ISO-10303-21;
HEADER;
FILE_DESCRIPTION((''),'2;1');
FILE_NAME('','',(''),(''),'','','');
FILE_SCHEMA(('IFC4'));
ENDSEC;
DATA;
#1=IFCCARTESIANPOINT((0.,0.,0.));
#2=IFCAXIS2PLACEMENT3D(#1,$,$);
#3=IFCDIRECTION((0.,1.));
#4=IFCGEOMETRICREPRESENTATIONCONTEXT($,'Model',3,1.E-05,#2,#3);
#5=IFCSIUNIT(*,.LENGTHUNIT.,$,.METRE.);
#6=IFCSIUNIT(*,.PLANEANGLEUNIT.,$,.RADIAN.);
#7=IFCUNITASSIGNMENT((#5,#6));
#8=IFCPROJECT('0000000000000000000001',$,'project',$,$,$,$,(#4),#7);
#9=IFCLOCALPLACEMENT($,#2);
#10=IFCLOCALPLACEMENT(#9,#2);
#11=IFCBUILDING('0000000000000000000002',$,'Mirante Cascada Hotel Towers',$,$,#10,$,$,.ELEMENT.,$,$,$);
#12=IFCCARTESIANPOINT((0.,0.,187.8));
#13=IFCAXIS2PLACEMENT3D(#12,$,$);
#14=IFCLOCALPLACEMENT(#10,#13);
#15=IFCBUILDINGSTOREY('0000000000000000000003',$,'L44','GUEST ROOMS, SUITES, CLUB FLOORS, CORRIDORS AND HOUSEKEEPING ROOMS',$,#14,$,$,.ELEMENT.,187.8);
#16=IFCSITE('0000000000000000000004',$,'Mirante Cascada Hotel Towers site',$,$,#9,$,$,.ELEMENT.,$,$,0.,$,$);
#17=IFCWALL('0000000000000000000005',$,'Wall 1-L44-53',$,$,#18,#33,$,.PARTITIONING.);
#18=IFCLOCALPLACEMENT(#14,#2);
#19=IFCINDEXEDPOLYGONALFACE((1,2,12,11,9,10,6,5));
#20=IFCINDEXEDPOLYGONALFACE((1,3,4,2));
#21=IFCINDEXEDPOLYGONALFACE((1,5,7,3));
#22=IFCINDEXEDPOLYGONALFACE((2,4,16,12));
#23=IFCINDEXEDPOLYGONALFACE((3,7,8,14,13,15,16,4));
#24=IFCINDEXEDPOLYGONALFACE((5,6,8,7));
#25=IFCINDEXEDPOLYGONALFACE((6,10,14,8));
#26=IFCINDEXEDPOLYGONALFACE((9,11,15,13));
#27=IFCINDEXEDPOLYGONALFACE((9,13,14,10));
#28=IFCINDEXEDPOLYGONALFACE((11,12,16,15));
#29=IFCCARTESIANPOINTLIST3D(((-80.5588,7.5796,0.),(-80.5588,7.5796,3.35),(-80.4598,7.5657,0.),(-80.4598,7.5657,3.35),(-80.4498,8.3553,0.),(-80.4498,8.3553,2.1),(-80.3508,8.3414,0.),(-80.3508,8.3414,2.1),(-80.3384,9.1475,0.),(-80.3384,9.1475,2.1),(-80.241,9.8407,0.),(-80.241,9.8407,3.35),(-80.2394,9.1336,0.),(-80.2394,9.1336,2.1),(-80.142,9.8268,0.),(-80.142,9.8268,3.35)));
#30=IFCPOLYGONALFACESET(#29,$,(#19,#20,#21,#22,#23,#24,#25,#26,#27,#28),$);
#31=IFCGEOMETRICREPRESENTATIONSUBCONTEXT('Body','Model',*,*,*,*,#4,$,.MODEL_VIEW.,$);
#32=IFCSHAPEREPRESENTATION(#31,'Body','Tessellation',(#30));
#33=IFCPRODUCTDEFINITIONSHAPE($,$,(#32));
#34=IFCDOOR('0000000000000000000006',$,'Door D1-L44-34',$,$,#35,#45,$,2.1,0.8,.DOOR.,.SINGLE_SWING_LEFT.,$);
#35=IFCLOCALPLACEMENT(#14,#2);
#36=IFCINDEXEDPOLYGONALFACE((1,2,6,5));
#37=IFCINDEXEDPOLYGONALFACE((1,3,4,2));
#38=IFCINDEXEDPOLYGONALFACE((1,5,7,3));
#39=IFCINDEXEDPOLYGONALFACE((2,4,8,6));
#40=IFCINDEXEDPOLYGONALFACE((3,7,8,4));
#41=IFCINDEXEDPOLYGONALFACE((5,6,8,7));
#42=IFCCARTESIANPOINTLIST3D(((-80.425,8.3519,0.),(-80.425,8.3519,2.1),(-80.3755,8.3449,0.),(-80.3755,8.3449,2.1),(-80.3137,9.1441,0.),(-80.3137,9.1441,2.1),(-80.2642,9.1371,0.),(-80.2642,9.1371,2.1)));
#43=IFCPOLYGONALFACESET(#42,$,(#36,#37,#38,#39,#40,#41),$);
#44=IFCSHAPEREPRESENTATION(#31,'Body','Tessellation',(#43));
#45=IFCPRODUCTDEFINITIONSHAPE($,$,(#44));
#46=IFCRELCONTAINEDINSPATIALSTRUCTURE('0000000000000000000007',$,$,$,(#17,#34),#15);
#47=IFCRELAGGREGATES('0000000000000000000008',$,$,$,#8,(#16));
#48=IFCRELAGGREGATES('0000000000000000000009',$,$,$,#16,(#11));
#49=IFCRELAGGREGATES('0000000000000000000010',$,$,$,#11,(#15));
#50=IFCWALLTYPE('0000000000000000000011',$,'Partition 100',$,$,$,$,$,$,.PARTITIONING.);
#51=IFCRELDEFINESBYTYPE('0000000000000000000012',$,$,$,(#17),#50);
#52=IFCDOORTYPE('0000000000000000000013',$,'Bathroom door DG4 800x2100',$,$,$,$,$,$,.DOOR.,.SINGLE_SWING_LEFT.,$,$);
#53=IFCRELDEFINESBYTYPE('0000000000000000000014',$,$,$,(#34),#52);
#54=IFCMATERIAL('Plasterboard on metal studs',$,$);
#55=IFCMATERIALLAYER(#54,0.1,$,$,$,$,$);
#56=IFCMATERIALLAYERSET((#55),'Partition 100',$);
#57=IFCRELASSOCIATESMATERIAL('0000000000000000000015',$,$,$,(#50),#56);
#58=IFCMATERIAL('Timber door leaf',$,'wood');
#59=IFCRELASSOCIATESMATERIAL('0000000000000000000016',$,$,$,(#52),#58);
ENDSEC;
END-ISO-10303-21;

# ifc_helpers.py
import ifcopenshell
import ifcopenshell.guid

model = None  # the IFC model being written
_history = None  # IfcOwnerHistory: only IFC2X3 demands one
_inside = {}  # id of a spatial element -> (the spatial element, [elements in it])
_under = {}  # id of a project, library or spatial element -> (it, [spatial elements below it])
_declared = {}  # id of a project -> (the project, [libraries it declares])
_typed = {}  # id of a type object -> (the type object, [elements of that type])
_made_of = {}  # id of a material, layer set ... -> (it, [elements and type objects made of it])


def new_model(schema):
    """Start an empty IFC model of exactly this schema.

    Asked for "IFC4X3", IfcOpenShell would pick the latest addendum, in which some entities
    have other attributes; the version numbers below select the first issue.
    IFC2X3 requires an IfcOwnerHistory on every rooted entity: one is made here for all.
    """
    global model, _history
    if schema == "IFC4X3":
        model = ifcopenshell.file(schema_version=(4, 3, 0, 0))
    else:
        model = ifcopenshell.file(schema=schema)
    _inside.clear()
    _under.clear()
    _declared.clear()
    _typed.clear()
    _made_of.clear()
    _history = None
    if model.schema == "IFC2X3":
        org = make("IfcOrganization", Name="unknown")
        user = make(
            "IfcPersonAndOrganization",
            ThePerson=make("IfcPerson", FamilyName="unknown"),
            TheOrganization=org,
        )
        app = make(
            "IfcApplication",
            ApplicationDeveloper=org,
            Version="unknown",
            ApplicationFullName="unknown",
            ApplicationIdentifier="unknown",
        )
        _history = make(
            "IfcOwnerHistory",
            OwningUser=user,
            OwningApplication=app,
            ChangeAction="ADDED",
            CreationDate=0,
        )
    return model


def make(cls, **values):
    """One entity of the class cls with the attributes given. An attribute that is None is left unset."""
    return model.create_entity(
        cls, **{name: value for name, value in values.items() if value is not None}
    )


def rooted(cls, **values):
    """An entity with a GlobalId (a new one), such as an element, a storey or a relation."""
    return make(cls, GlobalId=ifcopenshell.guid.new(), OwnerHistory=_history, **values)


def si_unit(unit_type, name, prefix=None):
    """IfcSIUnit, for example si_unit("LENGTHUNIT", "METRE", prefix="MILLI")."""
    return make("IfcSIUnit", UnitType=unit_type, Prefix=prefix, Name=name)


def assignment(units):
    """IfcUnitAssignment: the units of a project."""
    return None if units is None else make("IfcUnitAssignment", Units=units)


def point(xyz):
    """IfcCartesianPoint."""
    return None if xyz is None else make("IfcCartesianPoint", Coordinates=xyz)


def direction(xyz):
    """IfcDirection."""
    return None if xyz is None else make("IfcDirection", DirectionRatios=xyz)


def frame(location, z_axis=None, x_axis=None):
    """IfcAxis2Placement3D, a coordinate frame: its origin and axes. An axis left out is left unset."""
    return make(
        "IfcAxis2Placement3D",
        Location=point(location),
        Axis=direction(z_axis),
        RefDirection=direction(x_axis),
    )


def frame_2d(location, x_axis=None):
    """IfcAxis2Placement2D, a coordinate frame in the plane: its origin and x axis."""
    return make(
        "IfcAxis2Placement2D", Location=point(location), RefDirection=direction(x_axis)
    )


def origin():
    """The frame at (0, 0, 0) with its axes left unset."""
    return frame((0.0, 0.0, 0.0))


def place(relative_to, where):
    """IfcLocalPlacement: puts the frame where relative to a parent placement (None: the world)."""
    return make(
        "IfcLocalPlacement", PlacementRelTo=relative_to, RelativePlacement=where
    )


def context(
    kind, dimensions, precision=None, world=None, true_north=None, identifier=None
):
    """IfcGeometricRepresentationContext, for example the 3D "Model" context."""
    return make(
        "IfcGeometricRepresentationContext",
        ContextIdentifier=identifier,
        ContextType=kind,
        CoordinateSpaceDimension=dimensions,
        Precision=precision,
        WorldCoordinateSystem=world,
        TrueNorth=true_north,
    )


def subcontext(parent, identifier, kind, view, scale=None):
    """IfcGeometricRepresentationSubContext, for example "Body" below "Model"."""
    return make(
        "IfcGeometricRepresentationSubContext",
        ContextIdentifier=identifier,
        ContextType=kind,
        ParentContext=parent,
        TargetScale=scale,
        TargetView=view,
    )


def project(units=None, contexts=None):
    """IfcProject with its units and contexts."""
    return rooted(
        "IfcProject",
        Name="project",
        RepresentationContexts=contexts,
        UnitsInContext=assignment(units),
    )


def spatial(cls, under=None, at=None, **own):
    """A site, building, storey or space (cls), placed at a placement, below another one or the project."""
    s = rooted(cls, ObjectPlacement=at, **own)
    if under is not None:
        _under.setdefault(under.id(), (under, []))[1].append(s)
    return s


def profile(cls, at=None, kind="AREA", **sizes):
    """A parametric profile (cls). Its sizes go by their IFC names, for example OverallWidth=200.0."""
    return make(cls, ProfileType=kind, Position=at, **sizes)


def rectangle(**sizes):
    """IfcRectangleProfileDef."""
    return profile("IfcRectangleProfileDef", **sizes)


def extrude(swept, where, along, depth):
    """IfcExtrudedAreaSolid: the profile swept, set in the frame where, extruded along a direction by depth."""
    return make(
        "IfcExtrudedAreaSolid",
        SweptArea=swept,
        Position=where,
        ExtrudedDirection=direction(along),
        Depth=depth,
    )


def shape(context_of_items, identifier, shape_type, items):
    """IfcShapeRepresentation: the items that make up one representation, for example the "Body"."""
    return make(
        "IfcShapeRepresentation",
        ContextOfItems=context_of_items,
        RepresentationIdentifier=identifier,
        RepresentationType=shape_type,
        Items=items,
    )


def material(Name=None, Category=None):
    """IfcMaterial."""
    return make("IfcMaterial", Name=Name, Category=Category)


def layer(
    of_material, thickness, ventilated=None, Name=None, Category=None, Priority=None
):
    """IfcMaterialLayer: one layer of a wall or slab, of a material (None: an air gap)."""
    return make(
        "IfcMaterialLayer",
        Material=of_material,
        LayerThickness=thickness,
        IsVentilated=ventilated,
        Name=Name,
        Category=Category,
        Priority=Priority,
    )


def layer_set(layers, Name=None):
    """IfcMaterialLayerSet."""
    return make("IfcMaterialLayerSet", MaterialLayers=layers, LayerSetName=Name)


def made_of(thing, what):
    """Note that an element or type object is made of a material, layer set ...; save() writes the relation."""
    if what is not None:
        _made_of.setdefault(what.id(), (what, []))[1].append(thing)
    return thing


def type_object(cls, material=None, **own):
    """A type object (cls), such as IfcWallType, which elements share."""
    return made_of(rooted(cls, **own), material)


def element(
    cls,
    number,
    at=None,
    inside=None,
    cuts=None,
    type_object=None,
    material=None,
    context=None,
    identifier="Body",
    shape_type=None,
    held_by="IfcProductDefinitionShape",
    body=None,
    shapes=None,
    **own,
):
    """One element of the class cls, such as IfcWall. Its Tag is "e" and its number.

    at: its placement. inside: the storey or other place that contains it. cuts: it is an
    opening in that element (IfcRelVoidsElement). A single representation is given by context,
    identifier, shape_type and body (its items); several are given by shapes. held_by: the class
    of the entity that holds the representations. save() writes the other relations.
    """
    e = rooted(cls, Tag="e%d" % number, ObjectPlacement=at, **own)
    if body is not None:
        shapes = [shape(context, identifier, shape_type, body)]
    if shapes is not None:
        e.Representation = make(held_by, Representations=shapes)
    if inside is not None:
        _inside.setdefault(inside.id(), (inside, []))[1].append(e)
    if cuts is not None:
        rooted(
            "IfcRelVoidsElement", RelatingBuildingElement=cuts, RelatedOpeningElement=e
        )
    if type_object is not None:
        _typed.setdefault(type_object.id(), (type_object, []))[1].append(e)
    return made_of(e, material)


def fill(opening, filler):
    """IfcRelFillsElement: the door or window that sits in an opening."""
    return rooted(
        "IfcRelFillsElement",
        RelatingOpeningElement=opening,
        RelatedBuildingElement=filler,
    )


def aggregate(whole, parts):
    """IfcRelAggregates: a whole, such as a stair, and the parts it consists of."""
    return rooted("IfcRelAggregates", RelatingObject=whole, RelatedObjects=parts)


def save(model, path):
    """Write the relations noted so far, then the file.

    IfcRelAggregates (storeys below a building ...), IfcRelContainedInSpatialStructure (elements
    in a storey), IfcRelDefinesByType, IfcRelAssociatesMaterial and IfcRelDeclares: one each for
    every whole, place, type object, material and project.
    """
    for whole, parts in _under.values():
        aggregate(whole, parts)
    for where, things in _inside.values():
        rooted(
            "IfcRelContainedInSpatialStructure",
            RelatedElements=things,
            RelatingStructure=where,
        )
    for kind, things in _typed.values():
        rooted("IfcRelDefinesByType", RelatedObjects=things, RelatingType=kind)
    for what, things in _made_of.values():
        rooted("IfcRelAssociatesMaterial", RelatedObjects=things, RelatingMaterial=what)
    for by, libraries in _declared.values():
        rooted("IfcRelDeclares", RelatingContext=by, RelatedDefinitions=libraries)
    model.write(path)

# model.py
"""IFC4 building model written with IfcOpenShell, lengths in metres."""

from ifc_helpers import new_model, si_unit, direction, frame, frame_2d, origin, place, context, subcontext, project, spatial, rectangle, extrude, material, layer, layer_set, type_object, element, fill, save


model = new_model("IFC4")

# Units and contexts
model_context = context("Model", 3, precision=1e-05, world=origin(), true_north=direction((0.0, 1.0)))
body_context = subcontext(model_context, "Body", "Model", "MODEL_VIEW")
ifc_project = project(units=[si_unit("LENGTHUNIT", "METRE"), si_unit("PLANEANGLEUNIT", "RADIAN")], contexts=[model_context])

# Site, building, storey
site_placement = place(None, origin())
site = spatial("IfcSite", under=ifc_project, at=site_placement, Name="Mirante Cascada Hotel Towers site", CompositionType="ELEMENT", RefElevation=0.0)
building_placement = place(site_placement, origin())
building = spatial("IfcBuilding", under=site, at=building_placement, Name="Mirante Cascada Hotel Towers", CompositionType="ELEMENT")
storey_placement = place(building_placement, frame((0.0, 0.0, 187.8)))
storey = spatial("IfcBuildingStorey", under=building, at=storey_placement, Name="L44", Description="GUEST ROOMS, SUITES, CLUB FLOORS, CORRIDORS AND HOUSEKEEPING ROOMS", CompositionType="ELEMENT", Elevation=187.8)

# Shared definitions
ifc_material_1 = material(Name="Plasterboard on metal studs")
ifc_layer_1 = layer(ifc_material_1, 0.1)
ifc_layer_set_1 = layer_set([ifc_layer_1], Name="Partition 100")
wall_type_1 = type_object("IfcWallType", Name="Partition 100", PredefinedType="PARTITIONING", material=ifc_layer_set_1)

# Wall, opening, door
ifc_material_2 = material(Name="Timber door leaf", Category="wood")
door_type = type_object("IfcDoorType", Name="Bathroom door DG4 800x2100", OperationType="SINGLE_SWING_LEFT", PredefinedType="DOOR", material=ifc_material_2)
wall_1_placement = place(storey_placement, frame((-80.5093, 7.5727, 0.0), z_axis=(0.0, 0.0, 1.0), x_axis=(0.139183, 0.990267, 0.0)))
wall_1 = element("IfcWall", 1, at=wall_1_placement, inside=storey, type_object=wall_type_1, Name="Wall 1-L44-53", PredefinedType="PARTITIONING", context=body_context, shape_type="SweptSolid", body=[
    extrude(rectangle(XDim=2.2833, YDim=0.1, at=frame_2d((1.1416, 0.0))), origin(), (0.0, 0.0, 1.0), 3.35),
])
opening_1_placement = place(wall_1_placement, frame((0.7833, 0.0, 0.0)))
opening_1 = element("IfcOpeningElement", 2, at=opening_1_placement, cuts=wall_1, PredefinedType="OPENING", context=body_context, shape_type="SweptSolid", body=[
    extrude(rectangle(XDim=0.8, YDim=2.1, at=frame_2d((0.4, 1.05))), frame((0.0, 0.05, 0.0), z_axis=(0.0, -1.0, 0.0), x_axis=(1.0, 0.0, 0.0)), (0.0, 0.0, 1.0), 0.1),
])
door_1_placement = place(opening_1_placement, origin())
door_1 = element("IfcDoor", 3, at=door_1_placement, inside=storey, type_object=door_type, Name="Door D1-L44-34", OperationType="SINGLE_SWING_LEFT", OverallHeight=2.1, OverallWidth=0.8, PredefinedType="DOOR", context=body_context, shape_type="SweptSolid", body=[
    extrude(rectangle(XDim=0.8, YDim=2.1, at=frame_2d((0.4, 1.05))), frame((0.0, 0.025, 0.0), z_axis=(0.0, -1.0, 0.0), x_axis=(1.0, 0.0, 0.0)), (0.0, 0.0, 1.0), 0.05),
])
fill(opening_1, door_1)

save(model, "model.ifc")
